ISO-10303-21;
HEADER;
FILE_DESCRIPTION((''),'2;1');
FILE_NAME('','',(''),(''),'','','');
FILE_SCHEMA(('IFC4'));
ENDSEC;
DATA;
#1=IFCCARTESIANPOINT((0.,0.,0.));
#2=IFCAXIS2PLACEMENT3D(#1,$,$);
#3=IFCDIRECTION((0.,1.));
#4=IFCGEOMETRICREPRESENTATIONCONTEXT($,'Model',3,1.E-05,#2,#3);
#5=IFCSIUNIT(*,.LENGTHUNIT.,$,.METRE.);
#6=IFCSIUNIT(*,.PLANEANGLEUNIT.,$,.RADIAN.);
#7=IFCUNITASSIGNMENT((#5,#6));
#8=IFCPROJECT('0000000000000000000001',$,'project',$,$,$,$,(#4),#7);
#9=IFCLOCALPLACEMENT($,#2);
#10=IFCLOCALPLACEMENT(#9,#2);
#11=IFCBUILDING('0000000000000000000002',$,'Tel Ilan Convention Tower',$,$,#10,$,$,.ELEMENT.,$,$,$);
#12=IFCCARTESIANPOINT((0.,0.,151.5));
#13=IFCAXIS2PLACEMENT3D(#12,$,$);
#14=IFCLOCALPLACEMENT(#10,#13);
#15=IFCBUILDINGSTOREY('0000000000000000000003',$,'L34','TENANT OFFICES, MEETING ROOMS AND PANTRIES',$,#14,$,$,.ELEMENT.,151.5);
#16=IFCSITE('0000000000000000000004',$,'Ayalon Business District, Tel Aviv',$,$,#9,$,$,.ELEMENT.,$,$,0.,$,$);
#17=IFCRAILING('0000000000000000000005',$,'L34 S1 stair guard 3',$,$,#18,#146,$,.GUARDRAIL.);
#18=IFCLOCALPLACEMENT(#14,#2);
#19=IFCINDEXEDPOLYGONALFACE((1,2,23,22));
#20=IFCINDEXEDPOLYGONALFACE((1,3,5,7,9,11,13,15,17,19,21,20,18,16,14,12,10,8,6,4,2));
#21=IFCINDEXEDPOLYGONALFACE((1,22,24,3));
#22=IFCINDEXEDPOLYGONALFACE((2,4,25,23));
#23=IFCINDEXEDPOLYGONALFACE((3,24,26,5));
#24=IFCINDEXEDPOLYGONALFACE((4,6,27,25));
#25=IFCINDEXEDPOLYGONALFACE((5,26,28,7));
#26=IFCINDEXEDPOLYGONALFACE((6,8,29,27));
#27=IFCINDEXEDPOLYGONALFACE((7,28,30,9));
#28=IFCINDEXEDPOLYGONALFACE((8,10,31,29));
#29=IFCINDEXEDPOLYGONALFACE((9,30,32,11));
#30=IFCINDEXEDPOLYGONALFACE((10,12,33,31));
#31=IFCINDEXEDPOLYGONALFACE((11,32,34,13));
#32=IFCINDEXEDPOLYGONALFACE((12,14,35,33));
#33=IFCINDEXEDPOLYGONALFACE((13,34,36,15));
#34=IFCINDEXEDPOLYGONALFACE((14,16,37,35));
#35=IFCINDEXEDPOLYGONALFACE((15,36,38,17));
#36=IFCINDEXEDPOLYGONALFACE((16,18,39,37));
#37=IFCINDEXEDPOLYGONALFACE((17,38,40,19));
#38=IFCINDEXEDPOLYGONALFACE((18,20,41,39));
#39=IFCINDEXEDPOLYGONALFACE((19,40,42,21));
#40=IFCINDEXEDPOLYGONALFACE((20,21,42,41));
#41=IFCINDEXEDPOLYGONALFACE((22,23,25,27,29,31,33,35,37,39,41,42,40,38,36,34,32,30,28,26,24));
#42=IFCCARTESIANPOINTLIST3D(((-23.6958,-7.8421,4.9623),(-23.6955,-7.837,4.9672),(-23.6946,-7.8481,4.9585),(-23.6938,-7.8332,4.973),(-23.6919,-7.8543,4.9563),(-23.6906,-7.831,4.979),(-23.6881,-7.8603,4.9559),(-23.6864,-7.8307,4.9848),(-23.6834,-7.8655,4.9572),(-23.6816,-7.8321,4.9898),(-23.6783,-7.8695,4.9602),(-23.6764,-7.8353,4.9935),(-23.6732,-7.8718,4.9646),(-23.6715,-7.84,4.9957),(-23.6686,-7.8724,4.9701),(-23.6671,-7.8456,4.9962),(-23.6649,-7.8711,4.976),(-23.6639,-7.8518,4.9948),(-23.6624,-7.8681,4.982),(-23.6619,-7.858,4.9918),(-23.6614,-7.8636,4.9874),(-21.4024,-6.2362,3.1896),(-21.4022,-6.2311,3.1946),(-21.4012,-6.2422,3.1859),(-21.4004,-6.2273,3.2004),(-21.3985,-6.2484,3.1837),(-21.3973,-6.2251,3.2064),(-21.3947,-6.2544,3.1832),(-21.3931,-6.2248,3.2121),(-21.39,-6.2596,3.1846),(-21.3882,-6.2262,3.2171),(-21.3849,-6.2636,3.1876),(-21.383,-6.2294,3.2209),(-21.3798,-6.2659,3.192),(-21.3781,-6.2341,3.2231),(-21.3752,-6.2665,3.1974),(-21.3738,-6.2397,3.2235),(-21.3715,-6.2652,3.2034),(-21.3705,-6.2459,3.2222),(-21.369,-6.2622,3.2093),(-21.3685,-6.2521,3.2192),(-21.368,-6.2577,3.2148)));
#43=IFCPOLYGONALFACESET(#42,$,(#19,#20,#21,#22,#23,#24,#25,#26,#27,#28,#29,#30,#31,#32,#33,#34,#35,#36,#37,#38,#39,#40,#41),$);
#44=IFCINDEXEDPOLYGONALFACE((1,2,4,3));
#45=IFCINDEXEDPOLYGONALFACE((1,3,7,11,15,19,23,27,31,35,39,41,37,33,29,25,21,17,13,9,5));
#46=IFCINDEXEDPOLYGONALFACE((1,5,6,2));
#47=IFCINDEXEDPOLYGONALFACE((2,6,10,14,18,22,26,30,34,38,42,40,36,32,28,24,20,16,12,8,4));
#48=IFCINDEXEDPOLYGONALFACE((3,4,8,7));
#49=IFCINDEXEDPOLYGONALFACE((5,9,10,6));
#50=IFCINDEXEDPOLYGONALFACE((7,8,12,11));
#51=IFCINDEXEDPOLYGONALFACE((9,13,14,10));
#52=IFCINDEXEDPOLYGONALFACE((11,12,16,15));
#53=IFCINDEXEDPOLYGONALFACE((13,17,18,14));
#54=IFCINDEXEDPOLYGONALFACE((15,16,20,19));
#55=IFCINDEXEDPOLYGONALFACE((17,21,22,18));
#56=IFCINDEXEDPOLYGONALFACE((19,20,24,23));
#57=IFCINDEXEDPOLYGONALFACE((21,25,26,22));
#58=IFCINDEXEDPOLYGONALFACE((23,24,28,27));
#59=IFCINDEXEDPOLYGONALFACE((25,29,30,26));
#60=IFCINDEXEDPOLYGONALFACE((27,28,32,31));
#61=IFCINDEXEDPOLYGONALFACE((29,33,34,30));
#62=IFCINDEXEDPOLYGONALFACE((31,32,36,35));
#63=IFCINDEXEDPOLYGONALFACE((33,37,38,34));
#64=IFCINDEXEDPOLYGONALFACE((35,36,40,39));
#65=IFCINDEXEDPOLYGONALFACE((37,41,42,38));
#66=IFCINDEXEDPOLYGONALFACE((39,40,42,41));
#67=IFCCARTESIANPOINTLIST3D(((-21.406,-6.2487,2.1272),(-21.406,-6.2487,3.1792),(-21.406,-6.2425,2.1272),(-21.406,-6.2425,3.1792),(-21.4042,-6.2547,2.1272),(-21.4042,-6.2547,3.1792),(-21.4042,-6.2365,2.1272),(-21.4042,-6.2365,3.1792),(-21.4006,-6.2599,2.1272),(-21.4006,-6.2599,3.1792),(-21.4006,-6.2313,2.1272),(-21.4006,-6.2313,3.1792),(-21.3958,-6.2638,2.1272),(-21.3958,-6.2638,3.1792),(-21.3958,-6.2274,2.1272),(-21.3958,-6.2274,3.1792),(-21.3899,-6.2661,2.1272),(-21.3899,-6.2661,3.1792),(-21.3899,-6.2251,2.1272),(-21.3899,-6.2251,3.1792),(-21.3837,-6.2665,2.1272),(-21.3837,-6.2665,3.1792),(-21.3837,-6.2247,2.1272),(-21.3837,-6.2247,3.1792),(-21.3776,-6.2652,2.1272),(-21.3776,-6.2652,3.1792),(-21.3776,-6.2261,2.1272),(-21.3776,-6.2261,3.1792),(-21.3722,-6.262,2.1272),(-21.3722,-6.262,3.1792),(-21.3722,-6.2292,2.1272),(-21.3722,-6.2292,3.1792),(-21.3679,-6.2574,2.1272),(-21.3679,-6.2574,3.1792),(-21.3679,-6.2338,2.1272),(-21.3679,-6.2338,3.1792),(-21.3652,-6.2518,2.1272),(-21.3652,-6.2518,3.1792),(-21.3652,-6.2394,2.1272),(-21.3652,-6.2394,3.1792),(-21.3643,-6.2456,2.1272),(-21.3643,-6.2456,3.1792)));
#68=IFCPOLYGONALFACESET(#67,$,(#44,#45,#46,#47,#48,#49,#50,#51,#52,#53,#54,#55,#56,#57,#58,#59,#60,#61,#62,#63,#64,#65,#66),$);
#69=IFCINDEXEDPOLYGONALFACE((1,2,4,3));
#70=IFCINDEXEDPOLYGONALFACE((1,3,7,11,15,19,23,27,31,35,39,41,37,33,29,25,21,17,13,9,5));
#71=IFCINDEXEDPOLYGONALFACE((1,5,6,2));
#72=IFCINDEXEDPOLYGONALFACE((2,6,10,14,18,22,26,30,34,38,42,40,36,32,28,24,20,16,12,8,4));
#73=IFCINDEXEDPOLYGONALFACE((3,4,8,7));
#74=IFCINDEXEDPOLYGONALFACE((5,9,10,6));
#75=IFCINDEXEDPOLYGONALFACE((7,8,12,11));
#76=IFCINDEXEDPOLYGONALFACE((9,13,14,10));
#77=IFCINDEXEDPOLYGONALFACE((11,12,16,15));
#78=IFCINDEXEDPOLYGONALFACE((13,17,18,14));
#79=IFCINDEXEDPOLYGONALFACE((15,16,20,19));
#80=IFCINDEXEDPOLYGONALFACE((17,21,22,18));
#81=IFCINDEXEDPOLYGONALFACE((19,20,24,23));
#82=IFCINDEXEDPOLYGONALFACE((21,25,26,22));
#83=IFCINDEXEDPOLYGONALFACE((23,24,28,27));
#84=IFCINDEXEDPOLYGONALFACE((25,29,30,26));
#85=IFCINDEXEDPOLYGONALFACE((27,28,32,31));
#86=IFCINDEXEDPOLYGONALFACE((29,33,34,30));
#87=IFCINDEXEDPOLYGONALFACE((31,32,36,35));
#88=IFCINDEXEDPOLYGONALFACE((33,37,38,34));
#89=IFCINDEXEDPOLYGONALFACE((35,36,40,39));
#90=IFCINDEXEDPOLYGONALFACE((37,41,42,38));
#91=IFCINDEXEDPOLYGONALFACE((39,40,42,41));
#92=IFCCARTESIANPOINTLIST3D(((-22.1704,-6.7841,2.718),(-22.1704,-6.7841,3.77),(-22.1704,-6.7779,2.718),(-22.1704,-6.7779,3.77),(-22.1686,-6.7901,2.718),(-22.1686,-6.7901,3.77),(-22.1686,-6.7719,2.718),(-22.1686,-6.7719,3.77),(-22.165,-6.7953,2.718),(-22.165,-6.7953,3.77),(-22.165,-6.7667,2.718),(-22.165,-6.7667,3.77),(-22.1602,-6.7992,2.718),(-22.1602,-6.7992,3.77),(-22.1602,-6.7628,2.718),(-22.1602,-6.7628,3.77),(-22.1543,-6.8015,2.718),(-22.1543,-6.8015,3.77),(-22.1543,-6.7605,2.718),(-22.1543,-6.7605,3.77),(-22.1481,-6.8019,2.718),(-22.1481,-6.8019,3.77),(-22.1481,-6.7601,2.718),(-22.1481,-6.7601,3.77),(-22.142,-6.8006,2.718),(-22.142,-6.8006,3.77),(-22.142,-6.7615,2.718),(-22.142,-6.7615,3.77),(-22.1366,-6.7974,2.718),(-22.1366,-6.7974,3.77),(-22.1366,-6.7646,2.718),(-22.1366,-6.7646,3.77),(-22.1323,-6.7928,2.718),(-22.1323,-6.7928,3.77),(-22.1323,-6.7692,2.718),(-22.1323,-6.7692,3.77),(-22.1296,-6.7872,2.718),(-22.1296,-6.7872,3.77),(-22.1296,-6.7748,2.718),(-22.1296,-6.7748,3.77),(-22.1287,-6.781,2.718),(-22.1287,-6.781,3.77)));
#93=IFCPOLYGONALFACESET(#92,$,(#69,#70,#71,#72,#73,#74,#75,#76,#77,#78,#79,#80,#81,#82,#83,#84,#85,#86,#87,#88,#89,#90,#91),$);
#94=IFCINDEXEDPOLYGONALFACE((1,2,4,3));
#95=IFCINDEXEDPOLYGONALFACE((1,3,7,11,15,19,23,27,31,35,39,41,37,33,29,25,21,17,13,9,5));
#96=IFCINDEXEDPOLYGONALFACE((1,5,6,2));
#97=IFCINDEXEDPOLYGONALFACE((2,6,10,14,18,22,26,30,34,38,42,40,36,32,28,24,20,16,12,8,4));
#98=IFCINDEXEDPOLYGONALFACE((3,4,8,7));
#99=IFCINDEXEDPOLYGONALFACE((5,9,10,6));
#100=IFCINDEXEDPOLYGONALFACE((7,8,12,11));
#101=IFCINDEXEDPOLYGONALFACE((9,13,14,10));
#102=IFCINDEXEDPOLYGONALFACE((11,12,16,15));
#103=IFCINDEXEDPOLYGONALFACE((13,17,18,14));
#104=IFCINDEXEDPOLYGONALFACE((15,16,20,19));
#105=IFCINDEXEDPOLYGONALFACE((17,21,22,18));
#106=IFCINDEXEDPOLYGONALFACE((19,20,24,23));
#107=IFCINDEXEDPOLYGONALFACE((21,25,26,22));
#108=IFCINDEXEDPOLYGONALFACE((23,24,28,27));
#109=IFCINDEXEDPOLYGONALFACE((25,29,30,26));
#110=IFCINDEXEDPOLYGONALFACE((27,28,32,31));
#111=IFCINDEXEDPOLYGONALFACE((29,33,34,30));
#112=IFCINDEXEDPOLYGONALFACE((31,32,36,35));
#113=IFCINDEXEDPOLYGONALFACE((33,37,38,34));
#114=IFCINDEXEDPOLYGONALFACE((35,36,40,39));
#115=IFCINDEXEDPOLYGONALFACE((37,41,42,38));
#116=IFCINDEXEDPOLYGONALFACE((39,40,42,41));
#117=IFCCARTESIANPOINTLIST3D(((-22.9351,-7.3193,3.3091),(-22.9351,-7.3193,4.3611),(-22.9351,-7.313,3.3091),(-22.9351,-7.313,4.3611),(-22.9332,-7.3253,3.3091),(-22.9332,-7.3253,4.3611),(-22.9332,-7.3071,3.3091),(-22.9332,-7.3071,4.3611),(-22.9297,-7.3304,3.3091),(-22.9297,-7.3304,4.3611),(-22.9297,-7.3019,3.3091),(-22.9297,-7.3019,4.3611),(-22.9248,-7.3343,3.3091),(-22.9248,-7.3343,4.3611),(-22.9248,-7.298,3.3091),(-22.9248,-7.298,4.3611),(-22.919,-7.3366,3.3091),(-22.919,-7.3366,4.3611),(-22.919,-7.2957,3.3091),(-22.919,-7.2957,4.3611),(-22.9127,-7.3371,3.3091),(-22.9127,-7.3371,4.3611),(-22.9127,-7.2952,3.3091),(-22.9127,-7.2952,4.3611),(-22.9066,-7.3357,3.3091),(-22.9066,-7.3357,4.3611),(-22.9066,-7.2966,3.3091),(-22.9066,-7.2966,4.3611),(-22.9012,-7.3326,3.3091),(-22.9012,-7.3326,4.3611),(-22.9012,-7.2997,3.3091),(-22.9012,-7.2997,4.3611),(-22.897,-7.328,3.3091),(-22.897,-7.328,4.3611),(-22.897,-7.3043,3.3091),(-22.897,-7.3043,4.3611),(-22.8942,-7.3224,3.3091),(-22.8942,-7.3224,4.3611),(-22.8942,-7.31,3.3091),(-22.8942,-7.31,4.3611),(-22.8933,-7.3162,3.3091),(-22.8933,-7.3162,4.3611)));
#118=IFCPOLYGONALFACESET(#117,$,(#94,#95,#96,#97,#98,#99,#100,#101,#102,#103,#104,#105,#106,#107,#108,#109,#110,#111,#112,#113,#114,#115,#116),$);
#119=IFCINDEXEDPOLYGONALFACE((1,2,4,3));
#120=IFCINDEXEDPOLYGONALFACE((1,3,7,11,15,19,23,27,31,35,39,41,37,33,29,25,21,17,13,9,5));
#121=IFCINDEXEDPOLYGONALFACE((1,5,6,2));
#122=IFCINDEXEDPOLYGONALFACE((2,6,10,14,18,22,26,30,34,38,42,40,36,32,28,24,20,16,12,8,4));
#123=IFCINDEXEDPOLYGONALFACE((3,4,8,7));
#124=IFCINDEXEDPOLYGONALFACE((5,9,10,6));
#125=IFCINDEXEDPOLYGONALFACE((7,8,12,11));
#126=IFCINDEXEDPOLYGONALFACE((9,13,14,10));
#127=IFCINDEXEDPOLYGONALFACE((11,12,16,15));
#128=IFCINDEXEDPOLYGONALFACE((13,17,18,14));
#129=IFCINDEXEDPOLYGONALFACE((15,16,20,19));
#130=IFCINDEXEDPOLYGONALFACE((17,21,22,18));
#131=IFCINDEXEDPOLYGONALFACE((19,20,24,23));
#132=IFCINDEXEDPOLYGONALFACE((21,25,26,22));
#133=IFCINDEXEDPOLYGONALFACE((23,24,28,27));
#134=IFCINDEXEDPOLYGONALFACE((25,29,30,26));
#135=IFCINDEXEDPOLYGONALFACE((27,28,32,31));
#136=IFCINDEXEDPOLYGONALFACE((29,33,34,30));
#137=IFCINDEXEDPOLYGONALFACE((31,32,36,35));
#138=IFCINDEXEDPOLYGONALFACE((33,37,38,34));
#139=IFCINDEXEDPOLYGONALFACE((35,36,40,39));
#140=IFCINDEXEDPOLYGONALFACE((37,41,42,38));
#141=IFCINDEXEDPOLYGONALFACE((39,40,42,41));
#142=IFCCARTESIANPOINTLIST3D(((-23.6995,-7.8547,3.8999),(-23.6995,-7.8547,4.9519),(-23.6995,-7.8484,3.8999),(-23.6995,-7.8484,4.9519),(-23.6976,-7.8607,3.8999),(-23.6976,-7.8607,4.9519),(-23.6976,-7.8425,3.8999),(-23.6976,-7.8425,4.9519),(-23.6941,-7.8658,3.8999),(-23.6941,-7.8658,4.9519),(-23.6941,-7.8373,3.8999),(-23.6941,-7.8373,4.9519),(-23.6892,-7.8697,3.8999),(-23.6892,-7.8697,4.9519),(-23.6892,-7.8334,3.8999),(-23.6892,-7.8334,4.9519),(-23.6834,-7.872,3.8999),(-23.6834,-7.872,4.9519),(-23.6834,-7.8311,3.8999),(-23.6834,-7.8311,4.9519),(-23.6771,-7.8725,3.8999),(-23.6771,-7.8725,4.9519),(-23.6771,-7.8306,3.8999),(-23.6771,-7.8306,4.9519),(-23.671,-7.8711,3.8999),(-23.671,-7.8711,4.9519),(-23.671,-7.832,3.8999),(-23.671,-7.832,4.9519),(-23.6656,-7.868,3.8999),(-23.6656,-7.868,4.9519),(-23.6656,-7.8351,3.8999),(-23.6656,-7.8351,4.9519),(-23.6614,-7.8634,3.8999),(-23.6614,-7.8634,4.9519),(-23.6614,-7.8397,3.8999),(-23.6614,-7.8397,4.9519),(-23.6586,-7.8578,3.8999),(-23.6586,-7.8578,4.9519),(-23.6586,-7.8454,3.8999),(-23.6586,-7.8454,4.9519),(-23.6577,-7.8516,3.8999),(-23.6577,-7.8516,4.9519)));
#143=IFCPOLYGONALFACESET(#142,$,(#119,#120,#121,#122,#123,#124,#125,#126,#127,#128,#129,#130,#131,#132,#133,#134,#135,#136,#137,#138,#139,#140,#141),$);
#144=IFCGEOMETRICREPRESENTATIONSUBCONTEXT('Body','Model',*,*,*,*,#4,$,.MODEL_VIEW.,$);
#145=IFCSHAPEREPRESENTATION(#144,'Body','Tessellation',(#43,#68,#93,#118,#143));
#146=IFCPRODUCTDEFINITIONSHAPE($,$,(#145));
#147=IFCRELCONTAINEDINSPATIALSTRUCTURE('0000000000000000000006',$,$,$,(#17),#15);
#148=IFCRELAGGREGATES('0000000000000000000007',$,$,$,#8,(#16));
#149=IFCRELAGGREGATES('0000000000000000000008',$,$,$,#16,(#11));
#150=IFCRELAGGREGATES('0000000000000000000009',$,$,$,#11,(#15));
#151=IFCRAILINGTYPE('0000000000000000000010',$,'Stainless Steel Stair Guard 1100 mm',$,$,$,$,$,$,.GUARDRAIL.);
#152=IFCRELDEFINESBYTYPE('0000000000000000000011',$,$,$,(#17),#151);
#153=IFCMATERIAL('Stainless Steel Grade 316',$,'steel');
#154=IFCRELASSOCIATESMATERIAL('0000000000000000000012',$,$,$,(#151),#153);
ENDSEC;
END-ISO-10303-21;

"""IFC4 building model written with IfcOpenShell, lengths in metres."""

from ifc_helpers import new_model, si_unit, direction, frame, origin, origin_2d, place, context, subcontext, project, spatial, circle, extrude, material, type_object, element, save


model = new_model("IFC4")

# Units and contexts
model_context = context("Model", 3, precision=1e-05, world=origin(), true_north=direction((0.0, 1.0)))
body_context = subcontext(model_context, "Body", "Model", "MODEL_VIEW")
ifc_project = project(units=[si_unit("LENGTHUNIT", "METRE"), si_unit("PLANEANGLEUNIT", "RADIAN")], contexts=[model_context])

# Site, building, storey
site_placement = place(None, origin())
site = spatial("IfcSite", under=ifc_project, at=site_placement, Name="Ayalon Business District, Tel Aviv", CompositionType="ELEMENT", RefElevation=0.0)
building_placement = place(site_placement, origin())
building = spatial("IfcBuilding", under=site, at=building_placement, Name="Tel Ilan Convention Tower", CompositionType="ELEMENT")
storey_placement = place(building_placement, frame((0.0, 0.0, 151.5)))
storey = spatial("IfcBuildingStorey", under=building, at=storey_placement, Name="L34", Description="TENANT OFFICES, MEETING ROOMS AND PANTRIES", CompositionType="ELEMENT", Elevation=151.5)

# Railing
ifc_material_1 = material(Name="Stainless Steel Grade 316", Category="steel")
railing_type_1 = type_object("IfcRailingType", Name="Stainless Steel Stair Guard 1100 mm", PredefinedType="GUARDRAIL", material=ifc_material_1)
railing_1_placement = place(storey_placement, frame((-21.3853, -6.2456, 2.1272)))
element("IfcRailing", 1, at=railing_1_placement, inside=storey, type_object=railing_type_1, Name="L34 S1 stair guard 3", PredefinedType="GUARDRAIL", context=body_context, shape_type="SweptSolid", body=[
    extrude(circle(Radius=0.0239, at=origin_2d()), frame((0.0, 0.0, 1.0762), z_axis=(-0.692085, -0.484621, 0.53494), x_axis=(0.573591, -0.819142, 0.0)), (0.0, 0.0, 1.0), 3.3137),
    extrude(circle(Radius=0.021, at=origin_2d()), origin(), (0.0, 0.0, 1.0), 1.052),
    extrude(circle(Radius=0.021, at=origin_2d()), frame((-0.7644, -0.5354, 0.5908)), (0.0, 0.0, 1.0), 1.052),
    extrude(circle(Radius=0.021, at=origin_2d()), frame((-1.5291, -1.0706, 1.1819)), (0.0, 0.0, 1.0), 1.052),
    extrude(circle(Radius=0.021, at=origin_2d()), frame((-2.2935, -1.606, 1.7727)), (0.0, 0.0, 1.0), 1.052),
])

save(model, "model.ifc")
